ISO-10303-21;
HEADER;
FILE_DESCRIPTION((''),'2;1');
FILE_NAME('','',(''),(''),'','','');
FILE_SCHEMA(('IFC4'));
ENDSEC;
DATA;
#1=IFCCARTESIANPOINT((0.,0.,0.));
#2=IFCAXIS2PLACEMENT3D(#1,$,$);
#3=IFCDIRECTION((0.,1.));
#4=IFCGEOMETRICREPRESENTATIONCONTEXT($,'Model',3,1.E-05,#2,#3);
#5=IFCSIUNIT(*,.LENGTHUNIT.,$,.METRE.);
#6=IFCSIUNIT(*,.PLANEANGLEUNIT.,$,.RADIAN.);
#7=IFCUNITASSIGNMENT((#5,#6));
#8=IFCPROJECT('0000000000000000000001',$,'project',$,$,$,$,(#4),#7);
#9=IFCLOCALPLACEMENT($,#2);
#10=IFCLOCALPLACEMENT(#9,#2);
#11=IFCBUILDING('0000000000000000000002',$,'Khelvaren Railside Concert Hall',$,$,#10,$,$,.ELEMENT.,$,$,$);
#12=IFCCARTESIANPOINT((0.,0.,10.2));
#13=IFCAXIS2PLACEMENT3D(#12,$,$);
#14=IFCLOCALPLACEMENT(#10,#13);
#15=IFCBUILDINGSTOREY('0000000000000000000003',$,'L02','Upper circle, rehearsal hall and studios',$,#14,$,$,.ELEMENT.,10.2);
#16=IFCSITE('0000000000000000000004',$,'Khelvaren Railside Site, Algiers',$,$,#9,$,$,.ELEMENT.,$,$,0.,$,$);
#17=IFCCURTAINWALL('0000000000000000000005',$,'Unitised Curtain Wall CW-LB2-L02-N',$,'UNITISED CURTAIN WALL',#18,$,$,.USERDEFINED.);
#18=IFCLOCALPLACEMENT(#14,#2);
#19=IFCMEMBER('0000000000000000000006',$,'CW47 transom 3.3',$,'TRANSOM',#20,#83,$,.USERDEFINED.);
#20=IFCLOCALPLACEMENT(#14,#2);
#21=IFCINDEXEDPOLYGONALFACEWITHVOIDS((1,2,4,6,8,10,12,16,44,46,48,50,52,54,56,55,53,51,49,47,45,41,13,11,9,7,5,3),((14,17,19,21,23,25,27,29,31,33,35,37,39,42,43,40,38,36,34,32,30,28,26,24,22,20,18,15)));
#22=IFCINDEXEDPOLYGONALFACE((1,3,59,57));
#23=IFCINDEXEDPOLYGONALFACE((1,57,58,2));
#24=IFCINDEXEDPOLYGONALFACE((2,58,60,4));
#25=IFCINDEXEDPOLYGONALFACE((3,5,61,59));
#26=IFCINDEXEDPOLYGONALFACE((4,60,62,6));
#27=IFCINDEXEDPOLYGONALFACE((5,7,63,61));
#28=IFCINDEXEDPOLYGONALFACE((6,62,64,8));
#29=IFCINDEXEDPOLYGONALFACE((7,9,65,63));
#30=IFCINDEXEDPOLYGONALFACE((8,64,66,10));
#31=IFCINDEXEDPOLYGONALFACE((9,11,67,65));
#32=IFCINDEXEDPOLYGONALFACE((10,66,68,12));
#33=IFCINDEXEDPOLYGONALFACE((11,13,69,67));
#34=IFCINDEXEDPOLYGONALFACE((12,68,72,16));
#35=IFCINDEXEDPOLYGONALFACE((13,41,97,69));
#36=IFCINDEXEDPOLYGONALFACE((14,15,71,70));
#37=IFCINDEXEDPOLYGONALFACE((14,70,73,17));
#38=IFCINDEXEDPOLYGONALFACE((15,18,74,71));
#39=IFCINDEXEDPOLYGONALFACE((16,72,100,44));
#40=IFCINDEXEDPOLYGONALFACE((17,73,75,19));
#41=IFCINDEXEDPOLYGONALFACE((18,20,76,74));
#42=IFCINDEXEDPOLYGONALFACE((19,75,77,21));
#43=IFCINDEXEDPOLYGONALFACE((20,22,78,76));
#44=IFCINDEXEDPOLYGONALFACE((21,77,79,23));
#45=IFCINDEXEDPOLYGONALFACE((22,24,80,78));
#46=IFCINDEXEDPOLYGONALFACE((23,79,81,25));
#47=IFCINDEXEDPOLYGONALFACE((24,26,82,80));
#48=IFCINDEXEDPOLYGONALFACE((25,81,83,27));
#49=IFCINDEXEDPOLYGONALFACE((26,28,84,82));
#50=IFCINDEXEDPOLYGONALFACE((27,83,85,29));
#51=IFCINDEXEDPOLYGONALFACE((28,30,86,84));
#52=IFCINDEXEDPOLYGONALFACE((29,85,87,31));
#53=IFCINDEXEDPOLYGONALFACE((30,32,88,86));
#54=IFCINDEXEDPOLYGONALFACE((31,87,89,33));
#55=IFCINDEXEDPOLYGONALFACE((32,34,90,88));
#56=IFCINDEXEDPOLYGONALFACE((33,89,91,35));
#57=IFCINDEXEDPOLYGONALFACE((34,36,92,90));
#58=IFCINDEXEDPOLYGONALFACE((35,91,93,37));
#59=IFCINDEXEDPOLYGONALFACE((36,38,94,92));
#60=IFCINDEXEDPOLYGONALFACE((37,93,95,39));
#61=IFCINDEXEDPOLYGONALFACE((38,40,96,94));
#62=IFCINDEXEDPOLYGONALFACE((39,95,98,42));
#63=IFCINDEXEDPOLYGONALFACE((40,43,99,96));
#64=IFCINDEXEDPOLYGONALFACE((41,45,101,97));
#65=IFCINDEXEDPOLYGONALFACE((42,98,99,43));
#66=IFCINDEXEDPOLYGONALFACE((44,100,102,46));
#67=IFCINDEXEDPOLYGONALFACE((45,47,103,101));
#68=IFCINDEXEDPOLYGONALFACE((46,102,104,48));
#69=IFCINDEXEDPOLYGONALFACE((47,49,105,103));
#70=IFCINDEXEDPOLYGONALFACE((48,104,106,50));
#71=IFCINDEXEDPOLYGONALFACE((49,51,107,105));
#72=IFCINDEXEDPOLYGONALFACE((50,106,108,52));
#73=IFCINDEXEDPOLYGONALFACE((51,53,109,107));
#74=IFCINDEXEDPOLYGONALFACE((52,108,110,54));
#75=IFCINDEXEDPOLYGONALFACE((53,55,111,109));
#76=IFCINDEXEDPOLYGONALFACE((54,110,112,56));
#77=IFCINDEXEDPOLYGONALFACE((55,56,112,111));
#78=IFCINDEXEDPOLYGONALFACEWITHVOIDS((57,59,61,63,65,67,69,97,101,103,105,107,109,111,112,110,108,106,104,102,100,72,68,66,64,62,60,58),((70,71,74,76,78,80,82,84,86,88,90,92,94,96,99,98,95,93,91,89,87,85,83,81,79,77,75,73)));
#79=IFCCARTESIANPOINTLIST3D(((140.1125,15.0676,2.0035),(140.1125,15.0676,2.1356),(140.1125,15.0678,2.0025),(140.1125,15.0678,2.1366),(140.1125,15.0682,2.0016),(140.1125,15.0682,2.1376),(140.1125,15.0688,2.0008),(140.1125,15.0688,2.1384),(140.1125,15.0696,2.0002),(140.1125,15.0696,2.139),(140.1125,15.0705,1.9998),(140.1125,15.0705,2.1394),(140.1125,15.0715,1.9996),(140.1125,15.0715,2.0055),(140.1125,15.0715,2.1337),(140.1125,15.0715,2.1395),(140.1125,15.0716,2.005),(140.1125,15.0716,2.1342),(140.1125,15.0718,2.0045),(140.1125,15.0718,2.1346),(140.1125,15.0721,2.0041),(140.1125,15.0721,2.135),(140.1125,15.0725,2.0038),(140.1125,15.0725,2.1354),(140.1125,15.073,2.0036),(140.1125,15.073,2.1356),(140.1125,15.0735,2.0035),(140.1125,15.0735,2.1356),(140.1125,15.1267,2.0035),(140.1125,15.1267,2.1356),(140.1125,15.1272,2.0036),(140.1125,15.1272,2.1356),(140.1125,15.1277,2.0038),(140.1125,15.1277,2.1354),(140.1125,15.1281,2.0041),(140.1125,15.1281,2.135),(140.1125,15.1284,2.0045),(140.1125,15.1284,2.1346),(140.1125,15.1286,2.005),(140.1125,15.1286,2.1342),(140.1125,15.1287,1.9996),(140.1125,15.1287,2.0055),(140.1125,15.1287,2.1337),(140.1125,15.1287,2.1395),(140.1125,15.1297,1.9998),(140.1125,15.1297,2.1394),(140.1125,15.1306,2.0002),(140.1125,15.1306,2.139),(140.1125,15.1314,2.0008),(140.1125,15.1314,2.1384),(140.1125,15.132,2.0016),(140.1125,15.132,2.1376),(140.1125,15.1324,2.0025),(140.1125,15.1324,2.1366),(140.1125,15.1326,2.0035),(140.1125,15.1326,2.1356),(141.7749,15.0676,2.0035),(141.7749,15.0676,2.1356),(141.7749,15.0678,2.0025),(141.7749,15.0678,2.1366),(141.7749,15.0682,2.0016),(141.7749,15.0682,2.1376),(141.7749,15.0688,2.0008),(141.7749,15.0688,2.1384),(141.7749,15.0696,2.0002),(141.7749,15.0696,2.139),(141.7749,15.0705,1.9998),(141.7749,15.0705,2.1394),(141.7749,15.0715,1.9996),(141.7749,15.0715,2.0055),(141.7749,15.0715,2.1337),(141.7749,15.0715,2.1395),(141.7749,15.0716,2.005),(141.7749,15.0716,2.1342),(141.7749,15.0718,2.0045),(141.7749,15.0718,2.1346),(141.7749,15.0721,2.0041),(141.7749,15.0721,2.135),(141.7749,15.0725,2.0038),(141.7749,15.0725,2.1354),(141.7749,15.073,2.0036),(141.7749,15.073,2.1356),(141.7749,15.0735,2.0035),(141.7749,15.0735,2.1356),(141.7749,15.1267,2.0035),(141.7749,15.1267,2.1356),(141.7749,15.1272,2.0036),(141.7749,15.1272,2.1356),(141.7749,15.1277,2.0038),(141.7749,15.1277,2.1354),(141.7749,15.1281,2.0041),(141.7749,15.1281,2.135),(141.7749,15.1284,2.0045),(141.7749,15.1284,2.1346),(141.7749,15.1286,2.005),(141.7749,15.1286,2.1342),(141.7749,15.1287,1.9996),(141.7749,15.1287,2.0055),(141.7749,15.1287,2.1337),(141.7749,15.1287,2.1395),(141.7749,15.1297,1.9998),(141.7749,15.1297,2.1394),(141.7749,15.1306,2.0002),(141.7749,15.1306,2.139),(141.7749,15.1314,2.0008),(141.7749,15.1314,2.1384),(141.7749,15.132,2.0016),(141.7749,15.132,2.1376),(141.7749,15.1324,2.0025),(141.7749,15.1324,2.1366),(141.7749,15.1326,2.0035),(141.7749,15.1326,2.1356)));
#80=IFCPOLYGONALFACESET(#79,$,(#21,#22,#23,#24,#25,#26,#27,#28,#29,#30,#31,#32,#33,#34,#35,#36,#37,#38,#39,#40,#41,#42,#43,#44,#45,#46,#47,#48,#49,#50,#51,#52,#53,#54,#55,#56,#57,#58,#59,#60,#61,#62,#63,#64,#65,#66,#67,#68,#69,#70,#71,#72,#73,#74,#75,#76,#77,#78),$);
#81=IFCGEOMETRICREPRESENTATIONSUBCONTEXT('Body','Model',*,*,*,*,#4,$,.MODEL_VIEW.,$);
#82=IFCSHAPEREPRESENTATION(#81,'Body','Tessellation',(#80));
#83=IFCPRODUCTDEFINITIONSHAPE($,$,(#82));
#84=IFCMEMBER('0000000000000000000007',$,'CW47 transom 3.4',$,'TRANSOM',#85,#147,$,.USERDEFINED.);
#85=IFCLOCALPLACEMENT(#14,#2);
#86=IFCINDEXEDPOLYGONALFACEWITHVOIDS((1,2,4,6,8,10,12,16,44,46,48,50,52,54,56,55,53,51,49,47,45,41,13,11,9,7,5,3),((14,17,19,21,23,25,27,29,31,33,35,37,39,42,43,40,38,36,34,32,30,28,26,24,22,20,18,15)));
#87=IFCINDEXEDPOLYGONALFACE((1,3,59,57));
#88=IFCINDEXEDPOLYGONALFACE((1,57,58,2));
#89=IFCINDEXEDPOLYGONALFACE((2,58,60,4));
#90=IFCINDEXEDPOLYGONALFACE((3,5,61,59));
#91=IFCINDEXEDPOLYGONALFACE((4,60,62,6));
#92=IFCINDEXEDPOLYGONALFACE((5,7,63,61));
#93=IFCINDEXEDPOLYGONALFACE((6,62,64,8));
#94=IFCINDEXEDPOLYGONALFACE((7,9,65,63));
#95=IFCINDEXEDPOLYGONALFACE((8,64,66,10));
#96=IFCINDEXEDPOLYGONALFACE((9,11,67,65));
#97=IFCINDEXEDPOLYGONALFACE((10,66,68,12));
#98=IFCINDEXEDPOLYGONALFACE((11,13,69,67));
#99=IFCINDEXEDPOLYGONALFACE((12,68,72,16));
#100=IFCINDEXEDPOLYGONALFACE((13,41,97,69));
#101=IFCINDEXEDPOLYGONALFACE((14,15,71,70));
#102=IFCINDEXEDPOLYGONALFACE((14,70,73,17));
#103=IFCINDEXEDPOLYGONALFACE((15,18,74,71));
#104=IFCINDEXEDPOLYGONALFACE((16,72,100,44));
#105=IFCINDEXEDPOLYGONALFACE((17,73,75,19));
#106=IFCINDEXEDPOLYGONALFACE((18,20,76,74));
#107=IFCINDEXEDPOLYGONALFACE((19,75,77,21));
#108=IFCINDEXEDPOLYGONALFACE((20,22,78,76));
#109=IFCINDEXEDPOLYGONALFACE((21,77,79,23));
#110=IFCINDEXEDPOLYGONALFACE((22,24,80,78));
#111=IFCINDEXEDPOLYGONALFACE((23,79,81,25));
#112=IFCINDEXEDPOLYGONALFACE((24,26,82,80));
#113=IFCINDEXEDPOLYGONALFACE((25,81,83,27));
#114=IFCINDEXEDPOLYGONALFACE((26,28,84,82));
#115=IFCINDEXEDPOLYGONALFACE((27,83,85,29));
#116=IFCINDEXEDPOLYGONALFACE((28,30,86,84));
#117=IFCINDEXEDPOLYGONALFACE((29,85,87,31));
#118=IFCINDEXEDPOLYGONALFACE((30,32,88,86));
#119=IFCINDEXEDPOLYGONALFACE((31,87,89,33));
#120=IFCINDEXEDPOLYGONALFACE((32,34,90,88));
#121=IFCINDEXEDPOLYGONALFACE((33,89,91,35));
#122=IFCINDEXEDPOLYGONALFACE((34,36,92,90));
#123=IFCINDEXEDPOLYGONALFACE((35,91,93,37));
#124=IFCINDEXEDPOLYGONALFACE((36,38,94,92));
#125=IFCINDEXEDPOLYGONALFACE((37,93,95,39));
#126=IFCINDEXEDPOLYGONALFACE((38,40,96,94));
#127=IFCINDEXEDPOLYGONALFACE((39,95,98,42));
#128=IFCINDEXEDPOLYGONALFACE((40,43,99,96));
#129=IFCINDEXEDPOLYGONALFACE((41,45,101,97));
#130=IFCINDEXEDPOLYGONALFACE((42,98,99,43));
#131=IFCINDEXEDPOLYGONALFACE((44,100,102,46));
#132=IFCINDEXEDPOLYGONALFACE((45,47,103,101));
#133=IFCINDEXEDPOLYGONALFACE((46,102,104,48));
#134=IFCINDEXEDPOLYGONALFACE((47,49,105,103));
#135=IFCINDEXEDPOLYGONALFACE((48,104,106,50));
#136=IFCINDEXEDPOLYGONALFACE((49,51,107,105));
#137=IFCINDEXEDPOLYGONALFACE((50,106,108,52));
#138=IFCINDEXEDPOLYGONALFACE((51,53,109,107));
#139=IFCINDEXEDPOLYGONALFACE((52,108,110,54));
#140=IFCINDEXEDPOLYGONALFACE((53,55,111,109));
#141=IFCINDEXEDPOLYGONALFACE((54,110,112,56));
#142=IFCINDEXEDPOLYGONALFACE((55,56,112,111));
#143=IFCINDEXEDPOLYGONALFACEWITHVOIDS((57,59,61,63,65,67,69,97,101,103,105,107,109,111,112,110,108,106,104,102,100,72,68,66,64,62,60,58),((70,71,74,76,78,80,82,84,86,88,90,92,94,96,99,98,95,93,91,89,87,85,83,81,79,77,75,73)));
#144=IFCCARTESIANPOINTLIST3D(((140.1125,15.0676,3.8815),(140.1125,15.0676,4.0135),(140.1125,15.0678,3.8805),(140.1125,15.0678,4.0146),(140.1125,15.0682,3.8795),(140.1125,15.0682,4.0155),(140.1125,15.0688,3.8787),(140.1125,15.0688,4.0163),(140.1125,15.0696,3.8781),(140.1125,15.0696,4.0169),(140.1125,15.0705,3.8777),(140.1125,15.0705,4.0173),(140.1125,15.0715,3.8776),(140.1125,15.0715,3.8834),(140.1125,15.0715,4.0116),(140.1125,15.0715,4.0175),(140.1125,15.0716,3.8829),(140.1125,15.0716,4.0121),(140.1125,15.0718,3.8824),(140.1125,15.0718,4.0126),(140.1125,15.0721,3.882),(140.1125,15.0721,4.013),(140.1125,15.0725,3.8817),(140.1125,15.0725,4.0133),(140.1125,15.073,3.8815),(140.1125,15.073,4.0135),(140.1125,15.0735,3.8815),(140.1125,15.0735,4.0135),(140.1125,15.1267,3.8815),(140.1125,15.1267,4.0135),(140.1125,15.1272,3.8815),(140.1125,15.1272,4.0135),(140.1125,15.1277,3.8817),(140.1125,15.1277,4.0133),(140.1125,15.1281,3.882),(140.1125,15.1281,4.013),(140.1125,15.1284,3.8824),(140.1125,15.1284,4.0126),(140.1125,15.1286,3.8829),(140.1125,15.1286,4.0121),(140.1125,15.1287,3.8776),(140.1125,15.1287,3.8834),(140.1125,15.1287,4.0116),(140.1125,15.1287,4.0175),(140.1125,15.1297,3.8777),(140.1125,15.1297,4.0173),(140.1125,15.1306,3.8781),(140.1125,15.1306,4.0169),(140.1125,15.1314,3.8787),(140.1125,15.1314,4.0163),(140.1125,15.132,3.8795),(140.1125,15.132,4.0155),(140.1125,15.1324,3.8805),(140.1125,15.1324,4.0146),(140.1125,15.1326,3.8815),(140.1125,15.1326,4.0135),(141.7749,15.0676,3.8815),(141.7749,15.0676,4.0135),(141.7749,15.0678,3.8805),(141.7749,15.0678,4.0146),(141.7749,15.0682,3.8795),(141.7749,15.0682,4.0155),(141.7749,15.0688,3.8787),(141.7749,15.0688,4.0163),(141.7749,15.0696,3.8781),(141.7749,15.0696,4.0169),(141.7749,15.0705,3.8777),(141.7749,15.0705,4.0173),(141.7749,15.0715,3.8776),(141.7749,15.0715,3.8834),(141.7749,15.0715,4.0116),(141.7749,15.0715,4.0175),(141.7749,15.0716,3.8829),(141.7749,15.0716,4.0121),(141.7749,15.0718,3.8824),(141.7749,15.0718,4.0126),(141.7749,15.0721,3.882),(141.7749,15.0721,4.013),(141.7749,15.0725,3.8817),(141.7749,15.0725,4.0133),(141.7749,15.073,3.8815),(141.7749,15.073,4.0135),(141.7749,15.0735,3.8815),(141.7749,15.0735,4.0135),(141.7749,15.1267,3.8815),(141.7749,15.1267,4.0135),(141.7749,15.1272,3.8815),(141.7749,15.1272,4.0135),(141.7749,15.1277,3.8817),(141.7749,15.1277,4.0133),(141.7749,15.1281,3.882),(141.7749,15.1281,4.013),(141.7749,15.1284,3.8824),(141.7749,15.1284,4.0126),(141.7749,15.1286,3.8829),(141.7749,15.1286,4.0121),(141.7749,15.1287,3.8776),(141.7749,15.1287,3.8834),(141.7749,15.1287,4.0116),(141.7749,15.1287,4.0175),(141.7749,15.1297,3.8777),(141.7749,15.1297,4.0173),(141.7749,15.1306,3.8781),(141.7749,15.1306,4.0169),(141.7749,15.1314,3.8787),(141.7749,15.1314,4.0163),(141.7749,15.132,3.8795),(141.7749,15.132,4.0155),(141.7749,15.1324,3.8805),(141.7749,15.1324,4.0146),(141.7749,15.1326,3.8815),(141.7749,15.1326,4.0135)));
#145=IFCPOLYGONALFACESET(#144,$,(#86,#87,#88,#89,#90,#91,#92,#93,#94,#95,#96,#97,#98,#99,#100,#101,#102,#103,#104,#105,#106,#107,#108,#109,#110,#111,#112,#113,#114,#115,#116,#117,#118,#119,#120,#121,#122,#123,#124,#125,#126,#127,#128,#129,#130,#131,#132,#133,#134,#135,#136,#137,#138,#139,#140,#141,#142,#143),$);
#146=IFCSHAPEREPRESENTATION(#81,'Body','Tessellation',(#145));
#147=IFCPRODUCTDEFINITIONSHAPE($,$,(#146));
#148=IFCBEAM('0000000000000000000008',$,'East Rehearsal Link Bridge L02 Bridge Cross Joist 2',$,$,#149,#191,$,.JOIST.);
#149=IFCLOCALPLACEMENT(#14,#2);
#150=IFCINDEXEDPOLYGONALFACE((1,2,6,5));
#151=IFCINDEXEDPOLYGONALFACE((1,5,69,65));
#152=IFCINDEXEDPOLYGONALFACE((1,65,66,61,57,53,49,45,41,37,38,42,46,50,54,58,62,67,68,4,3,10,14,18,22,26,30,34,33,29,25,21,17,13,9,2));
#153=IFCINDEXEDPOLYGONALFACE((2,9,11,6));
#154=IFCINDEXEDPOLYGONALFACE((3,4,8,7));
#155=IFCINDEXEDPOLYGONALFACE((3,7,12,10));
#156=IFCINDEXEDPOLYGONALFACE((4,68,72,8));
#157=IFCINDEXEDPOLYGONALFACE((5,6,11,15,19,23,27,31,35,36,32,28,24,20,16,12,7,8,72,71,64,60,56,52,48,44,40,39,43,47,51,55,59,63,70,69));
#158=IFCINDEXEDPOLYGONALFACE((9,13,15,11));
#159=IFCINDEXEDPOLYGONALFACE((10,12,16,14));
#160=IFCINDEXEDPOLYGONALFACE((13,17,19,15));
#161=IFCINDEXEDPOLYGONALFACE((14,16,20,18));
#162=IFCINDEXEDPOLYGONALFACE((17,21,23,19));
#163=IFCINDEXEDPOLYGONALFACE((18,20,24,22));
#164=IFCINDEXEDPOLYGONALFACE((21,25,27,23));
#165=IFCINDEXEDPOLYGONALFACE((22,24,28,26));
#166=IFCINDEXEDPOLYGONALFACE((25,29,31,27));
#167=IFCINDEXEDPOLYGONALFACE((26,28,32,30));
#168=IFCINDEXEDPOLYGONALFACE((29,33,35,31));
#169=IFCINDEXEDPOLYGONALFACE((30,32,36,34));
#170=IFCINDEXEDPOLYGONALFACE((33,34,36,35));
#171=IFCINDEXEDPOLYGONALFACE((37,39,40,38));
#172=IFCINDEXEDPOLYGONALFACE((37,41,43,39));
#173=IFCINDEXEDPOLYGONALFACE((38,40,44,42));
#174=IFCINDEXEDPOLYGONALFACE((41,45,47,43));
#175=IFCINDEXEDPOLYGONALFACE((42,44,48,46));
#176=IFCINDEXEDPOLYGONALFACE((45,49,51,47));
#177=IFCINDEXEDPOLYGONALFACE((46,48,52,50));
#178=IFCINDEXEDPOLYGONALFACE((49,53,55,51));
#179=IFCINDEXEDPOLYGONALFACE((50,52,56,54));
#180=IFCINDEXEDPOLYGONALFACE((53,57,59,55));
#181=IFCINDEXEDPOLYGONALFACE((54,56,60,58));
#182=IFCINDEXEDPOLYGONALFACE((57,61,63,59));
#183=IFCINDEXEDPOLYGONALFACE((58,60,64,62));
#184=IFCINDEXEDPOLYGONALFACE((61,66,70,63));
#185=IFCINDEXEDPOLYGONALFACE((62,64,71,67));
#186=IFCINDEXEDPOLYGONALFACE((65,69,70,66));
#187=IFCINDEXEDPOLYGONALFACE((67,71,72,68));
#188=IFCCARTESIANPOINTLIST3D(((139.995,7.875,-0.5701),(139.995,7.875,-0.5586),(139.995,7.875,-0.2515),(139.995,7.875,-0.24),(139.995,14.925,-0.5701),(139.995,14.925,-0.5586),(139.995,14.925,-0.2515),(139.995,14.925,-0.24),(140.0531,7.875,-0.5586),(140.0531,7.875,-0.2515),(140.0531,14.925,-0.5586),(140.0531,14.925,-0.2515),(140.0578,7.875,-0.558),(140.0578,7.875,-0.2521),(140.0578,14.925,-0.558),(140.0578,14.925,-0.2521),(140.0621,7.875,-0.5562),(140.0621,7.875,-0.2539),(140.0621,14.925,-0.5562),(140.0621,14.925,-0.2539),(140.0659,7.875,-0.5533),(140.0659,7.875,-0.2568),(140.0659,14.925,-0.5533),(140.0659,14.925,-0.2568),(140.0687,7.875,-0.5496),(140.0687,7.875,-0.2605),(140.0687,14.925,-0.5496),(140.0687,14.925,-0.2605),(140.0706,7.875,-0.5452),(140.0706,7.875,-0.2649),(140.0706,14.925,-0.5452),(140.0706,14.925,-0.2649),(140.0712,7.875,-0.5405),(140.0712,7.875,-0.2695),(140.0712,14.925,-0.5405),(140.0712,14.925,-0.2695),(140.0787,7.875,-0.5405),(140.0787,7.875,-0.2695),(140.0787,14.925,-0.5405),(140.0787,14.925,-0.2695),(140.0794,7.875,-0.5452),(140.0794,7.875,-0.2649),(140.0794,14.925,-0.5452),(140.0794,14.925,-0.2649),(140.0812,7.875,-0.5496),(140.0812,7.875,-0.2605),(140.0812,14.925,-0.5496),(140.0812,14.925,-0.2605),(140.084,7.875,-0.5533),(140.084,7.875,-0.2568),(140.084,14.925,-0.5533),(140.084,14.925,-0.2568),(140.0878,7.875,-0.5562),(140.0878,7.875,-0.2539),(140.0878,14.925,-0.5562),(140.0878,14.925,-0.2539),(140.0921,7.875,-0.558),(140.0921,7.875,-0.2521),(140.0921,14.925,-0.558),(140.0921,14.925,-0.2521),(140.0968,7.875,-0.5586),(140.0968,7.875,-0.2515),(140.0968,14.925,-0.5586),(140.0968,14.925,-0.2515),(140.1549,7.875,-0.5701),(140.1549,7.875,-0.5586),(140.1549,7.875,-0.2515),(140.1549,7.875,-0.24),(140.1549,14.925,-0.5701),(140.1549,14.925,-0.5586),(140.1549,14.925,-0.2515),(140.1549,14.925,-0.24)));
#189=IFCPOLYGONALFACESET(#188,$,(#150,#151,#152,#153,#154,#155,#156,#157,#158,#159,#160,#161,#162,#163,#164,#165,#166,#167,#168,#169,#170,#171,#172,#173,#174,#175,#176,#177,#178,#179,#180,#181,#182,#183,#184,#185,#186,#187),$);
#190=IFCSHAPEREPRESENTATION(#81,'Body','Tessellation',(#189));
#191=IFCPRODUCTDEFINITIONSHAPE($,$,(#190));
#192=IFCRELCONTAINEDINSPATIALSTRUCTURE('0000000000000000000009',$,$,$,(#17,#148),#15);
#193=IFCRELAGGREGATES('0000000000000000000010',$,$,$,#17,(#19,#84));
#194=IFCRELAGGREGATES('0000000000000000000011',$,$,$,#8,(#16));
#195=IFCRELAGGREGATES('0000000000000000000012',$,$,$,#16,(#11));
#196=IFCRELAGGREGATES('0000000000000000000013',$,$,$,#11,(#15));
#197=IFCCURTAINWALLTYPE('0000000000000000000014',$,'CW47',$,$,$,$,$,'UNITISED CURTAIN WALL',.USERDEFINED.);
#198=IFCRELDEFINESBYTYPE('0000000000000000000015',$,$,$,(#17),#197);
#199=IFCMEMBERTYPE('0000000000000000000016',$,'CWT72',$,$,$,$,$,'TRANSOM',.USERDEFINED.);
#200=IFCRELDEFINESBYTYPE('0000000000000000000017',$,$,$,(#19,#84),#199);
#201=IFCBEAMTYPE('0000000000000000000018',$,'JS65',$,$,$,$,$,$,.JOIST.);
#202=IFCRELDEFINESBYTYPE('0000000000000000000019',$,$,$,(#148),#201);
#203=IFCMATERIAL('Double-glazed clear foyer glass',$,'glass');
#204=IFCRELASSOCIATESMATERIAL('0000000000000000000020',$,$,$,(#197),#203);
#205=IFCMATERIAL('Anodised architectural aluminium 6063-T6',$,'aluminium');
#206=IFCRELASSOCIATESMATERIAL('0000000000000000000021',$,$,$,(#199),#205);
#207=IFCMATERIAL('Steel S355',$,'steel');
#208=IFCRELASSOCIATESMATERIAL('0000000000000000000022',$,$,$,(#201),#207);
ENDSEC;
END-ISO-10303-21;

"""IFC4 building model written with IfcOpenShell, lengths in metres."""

from ifc_helpers import new_model, si_unit, direction, frame, origin, origin_2d, place, context, subcontext, project, spatial, hollow_rectangle, i_section, extrude, material, material_profile, profile_set, type_object, element, aggregate, save


model = new_model("IFC4")

# Units and contexts
model_context = context("Model", 3, precision=1e-05, world=origin(), true_north=direction((0.0, 1.0)))
body_context = subcontext(model_context, "Body", "Model", "MODEL_VIEW")
ifc_project = project(units=[si_unit("LENGTHUNIT", "METRE"), si_unit("PLANEANGLEUNIT", "RADIAN")], contexts=[model_context])

# Site, building, storey
site_placement = place(None, origin())
site = spatial("IfcSite", under=ifc_project, at=site_placement, Name="Khelvaren Railside Site, Algiers", CompositionType="ELEMENT", RefElevation=0.0)
building_placement = place(site_placement, origin())
building = spatial("IfcBuilding", under=site, at=building_placement, Name="Khelvaren Railside Concert Hall", CompositionType="ELEMENT")
storey_placement = place(building_placement, frame((0.0, 0.0, 10.2)))
storey = spatial("IfcBuildingStorey", under=building, at=storey_placement, Name="L02", Description="Upper circle, rehearsal hall and studios", CompositionType="ELEMENT", Elevation=10.2)

# Curtain wall
ifc_material_1 = material(Name="Double-glazed clear foyer glass", Category="glass")
curtain_wall_type = type_object("IfcCurtainWallType", Name="CW47", ElementType="UNITISED CURTAIN WALL", PredefinedType="USERDEFINED", material=ifc_material_1)
ifc_material_2 = material(Name="Anodised architectural aluminium 6063-T6", Category="aluminium")
curtain_wall_1_placement = place(storey_placement, origin())
curtain_wall_1 = element("IfcCurtainWall", 1, at=curtain_wall_1_placement, inside=storey, type_object=curtain_wall_type, Name="Unitised Curtain Wall CW-LB2-L02-N", ObjectType="UNITISED CURTAIN WALL", PredefinedType="USERDEFINED")

# Members
ifc_material_profile_1 = material_profile(ifc_material_2, hollow_rectangle(XDim=0.0649, YDim=0.1399, WallThickness=0.0039, InnerFilletRadius=0.002, OuterFilletRadius=0.0039, at=origin_2d()), Name="CWT 65x140x4")
ifc_profile_set_1 = profile_set([ifc_material_profile_1], Name="Anodised architectural aluminium 6063-T6")
member_type_1 = type_object("IfcMemberType", Name="CWT72", ElementType="TRANSOM", PredefinedType="USERDEFINED", material=ifc_profile_set_1)
member_1_placement = place(storey_placement, frame((140.1125, 15.1001, 2.0696), z_axis=(1.0, 0.0, 0.0), x_axis=(0.0, 1.0, 0.0)))
member_1 = element("IfcMember", 2, at=member_1_placement, type_object=member_type_1, Name="CW47 transom 3.3", ObjectType="TRANSOM", PredefinedType="USERDEFINED", context=body_context, shape_type="SweptSolid", body=[
    extrude(hollow_rectangle(XDim=0.0649, YDim=0.1399, WallThickness=0.0039, InnerFilletRadius=0.002, OuterFilletRadius=0.0039, at=origin_2d()), origin(), (0.0, 0.0, 1.0), 1.6624),
])
member_2_placement = place(storey_placement, frame((140.1125, 15.1001, 3.9475), z_axis=(1.0, 0.0, 0.0), x_axis=(0.0, 1.0, 0.0)))
member_2 = element("IfcMember", 3, at=member_2_placement, type_object=member_type_1, Name="CW47 transom 3.4", ObjectType="TRANSOM", PredefinedType="USERDEFINED", context=body_context, shape_type="SweptSolid", body=[
    extrude(hollow_rectangle(XDim=0.0649, YDim=0.1399, WallThickness=0.0039, InnerFilletRadius=0.002, OuterFilletRadius=0.0039, at=origin_2d()), origin(), (0.0, 0.0, 1.0), 1.6624),
])

# Beam
ifc_material_3 = material(Name="Steel S355", Category="steel")
ifc_material_profile_2 = material_profile(ifc_material_3, i_section(OverallWidth=0.1599, OverallDepth=0.3301, WebThickness=0.0076, FlangeThickness=0.0115, FilletRadius=0.0181, at=origin_2d()), Name="IPE 330")
ifc_profile_set_2 = profile_set([ifc_material_profile_2], Name="Steel S355")
beam_type = type_object("IfcBeamType", Name="JS65", PredefinedType="JOIST", material=ifc_profile_set_2)
beam_placement = place(storey_placement, frame((140.075, 7.875, -0.405), z_axis=(0.0, 1.0, 0.0), x_axis=(-1.0, 0.0, 0.0)))
element("IfcBeam", 4, at=beam_placement, inside=storey, type_object=beam_type, Name="East Rehearsal Link Bridge L02 Bridge Cross Joist 2", PredefinedType="JOIST", context=body_context, shape_type="SweptSolid", body=[
    extrude(i_section(OverallWidth=0.1599, OverallDepth=0.3301, WebThickness=0.0076, FlangeThickness=0.0115, FilletRadius=0.0181, at=origin_2d()), origin(), (0.0, 0.0, 1.0), 7.05),
])

aggregate(curtain_wall_1, [member_1, member_2])

save(model, "model.ifc")
